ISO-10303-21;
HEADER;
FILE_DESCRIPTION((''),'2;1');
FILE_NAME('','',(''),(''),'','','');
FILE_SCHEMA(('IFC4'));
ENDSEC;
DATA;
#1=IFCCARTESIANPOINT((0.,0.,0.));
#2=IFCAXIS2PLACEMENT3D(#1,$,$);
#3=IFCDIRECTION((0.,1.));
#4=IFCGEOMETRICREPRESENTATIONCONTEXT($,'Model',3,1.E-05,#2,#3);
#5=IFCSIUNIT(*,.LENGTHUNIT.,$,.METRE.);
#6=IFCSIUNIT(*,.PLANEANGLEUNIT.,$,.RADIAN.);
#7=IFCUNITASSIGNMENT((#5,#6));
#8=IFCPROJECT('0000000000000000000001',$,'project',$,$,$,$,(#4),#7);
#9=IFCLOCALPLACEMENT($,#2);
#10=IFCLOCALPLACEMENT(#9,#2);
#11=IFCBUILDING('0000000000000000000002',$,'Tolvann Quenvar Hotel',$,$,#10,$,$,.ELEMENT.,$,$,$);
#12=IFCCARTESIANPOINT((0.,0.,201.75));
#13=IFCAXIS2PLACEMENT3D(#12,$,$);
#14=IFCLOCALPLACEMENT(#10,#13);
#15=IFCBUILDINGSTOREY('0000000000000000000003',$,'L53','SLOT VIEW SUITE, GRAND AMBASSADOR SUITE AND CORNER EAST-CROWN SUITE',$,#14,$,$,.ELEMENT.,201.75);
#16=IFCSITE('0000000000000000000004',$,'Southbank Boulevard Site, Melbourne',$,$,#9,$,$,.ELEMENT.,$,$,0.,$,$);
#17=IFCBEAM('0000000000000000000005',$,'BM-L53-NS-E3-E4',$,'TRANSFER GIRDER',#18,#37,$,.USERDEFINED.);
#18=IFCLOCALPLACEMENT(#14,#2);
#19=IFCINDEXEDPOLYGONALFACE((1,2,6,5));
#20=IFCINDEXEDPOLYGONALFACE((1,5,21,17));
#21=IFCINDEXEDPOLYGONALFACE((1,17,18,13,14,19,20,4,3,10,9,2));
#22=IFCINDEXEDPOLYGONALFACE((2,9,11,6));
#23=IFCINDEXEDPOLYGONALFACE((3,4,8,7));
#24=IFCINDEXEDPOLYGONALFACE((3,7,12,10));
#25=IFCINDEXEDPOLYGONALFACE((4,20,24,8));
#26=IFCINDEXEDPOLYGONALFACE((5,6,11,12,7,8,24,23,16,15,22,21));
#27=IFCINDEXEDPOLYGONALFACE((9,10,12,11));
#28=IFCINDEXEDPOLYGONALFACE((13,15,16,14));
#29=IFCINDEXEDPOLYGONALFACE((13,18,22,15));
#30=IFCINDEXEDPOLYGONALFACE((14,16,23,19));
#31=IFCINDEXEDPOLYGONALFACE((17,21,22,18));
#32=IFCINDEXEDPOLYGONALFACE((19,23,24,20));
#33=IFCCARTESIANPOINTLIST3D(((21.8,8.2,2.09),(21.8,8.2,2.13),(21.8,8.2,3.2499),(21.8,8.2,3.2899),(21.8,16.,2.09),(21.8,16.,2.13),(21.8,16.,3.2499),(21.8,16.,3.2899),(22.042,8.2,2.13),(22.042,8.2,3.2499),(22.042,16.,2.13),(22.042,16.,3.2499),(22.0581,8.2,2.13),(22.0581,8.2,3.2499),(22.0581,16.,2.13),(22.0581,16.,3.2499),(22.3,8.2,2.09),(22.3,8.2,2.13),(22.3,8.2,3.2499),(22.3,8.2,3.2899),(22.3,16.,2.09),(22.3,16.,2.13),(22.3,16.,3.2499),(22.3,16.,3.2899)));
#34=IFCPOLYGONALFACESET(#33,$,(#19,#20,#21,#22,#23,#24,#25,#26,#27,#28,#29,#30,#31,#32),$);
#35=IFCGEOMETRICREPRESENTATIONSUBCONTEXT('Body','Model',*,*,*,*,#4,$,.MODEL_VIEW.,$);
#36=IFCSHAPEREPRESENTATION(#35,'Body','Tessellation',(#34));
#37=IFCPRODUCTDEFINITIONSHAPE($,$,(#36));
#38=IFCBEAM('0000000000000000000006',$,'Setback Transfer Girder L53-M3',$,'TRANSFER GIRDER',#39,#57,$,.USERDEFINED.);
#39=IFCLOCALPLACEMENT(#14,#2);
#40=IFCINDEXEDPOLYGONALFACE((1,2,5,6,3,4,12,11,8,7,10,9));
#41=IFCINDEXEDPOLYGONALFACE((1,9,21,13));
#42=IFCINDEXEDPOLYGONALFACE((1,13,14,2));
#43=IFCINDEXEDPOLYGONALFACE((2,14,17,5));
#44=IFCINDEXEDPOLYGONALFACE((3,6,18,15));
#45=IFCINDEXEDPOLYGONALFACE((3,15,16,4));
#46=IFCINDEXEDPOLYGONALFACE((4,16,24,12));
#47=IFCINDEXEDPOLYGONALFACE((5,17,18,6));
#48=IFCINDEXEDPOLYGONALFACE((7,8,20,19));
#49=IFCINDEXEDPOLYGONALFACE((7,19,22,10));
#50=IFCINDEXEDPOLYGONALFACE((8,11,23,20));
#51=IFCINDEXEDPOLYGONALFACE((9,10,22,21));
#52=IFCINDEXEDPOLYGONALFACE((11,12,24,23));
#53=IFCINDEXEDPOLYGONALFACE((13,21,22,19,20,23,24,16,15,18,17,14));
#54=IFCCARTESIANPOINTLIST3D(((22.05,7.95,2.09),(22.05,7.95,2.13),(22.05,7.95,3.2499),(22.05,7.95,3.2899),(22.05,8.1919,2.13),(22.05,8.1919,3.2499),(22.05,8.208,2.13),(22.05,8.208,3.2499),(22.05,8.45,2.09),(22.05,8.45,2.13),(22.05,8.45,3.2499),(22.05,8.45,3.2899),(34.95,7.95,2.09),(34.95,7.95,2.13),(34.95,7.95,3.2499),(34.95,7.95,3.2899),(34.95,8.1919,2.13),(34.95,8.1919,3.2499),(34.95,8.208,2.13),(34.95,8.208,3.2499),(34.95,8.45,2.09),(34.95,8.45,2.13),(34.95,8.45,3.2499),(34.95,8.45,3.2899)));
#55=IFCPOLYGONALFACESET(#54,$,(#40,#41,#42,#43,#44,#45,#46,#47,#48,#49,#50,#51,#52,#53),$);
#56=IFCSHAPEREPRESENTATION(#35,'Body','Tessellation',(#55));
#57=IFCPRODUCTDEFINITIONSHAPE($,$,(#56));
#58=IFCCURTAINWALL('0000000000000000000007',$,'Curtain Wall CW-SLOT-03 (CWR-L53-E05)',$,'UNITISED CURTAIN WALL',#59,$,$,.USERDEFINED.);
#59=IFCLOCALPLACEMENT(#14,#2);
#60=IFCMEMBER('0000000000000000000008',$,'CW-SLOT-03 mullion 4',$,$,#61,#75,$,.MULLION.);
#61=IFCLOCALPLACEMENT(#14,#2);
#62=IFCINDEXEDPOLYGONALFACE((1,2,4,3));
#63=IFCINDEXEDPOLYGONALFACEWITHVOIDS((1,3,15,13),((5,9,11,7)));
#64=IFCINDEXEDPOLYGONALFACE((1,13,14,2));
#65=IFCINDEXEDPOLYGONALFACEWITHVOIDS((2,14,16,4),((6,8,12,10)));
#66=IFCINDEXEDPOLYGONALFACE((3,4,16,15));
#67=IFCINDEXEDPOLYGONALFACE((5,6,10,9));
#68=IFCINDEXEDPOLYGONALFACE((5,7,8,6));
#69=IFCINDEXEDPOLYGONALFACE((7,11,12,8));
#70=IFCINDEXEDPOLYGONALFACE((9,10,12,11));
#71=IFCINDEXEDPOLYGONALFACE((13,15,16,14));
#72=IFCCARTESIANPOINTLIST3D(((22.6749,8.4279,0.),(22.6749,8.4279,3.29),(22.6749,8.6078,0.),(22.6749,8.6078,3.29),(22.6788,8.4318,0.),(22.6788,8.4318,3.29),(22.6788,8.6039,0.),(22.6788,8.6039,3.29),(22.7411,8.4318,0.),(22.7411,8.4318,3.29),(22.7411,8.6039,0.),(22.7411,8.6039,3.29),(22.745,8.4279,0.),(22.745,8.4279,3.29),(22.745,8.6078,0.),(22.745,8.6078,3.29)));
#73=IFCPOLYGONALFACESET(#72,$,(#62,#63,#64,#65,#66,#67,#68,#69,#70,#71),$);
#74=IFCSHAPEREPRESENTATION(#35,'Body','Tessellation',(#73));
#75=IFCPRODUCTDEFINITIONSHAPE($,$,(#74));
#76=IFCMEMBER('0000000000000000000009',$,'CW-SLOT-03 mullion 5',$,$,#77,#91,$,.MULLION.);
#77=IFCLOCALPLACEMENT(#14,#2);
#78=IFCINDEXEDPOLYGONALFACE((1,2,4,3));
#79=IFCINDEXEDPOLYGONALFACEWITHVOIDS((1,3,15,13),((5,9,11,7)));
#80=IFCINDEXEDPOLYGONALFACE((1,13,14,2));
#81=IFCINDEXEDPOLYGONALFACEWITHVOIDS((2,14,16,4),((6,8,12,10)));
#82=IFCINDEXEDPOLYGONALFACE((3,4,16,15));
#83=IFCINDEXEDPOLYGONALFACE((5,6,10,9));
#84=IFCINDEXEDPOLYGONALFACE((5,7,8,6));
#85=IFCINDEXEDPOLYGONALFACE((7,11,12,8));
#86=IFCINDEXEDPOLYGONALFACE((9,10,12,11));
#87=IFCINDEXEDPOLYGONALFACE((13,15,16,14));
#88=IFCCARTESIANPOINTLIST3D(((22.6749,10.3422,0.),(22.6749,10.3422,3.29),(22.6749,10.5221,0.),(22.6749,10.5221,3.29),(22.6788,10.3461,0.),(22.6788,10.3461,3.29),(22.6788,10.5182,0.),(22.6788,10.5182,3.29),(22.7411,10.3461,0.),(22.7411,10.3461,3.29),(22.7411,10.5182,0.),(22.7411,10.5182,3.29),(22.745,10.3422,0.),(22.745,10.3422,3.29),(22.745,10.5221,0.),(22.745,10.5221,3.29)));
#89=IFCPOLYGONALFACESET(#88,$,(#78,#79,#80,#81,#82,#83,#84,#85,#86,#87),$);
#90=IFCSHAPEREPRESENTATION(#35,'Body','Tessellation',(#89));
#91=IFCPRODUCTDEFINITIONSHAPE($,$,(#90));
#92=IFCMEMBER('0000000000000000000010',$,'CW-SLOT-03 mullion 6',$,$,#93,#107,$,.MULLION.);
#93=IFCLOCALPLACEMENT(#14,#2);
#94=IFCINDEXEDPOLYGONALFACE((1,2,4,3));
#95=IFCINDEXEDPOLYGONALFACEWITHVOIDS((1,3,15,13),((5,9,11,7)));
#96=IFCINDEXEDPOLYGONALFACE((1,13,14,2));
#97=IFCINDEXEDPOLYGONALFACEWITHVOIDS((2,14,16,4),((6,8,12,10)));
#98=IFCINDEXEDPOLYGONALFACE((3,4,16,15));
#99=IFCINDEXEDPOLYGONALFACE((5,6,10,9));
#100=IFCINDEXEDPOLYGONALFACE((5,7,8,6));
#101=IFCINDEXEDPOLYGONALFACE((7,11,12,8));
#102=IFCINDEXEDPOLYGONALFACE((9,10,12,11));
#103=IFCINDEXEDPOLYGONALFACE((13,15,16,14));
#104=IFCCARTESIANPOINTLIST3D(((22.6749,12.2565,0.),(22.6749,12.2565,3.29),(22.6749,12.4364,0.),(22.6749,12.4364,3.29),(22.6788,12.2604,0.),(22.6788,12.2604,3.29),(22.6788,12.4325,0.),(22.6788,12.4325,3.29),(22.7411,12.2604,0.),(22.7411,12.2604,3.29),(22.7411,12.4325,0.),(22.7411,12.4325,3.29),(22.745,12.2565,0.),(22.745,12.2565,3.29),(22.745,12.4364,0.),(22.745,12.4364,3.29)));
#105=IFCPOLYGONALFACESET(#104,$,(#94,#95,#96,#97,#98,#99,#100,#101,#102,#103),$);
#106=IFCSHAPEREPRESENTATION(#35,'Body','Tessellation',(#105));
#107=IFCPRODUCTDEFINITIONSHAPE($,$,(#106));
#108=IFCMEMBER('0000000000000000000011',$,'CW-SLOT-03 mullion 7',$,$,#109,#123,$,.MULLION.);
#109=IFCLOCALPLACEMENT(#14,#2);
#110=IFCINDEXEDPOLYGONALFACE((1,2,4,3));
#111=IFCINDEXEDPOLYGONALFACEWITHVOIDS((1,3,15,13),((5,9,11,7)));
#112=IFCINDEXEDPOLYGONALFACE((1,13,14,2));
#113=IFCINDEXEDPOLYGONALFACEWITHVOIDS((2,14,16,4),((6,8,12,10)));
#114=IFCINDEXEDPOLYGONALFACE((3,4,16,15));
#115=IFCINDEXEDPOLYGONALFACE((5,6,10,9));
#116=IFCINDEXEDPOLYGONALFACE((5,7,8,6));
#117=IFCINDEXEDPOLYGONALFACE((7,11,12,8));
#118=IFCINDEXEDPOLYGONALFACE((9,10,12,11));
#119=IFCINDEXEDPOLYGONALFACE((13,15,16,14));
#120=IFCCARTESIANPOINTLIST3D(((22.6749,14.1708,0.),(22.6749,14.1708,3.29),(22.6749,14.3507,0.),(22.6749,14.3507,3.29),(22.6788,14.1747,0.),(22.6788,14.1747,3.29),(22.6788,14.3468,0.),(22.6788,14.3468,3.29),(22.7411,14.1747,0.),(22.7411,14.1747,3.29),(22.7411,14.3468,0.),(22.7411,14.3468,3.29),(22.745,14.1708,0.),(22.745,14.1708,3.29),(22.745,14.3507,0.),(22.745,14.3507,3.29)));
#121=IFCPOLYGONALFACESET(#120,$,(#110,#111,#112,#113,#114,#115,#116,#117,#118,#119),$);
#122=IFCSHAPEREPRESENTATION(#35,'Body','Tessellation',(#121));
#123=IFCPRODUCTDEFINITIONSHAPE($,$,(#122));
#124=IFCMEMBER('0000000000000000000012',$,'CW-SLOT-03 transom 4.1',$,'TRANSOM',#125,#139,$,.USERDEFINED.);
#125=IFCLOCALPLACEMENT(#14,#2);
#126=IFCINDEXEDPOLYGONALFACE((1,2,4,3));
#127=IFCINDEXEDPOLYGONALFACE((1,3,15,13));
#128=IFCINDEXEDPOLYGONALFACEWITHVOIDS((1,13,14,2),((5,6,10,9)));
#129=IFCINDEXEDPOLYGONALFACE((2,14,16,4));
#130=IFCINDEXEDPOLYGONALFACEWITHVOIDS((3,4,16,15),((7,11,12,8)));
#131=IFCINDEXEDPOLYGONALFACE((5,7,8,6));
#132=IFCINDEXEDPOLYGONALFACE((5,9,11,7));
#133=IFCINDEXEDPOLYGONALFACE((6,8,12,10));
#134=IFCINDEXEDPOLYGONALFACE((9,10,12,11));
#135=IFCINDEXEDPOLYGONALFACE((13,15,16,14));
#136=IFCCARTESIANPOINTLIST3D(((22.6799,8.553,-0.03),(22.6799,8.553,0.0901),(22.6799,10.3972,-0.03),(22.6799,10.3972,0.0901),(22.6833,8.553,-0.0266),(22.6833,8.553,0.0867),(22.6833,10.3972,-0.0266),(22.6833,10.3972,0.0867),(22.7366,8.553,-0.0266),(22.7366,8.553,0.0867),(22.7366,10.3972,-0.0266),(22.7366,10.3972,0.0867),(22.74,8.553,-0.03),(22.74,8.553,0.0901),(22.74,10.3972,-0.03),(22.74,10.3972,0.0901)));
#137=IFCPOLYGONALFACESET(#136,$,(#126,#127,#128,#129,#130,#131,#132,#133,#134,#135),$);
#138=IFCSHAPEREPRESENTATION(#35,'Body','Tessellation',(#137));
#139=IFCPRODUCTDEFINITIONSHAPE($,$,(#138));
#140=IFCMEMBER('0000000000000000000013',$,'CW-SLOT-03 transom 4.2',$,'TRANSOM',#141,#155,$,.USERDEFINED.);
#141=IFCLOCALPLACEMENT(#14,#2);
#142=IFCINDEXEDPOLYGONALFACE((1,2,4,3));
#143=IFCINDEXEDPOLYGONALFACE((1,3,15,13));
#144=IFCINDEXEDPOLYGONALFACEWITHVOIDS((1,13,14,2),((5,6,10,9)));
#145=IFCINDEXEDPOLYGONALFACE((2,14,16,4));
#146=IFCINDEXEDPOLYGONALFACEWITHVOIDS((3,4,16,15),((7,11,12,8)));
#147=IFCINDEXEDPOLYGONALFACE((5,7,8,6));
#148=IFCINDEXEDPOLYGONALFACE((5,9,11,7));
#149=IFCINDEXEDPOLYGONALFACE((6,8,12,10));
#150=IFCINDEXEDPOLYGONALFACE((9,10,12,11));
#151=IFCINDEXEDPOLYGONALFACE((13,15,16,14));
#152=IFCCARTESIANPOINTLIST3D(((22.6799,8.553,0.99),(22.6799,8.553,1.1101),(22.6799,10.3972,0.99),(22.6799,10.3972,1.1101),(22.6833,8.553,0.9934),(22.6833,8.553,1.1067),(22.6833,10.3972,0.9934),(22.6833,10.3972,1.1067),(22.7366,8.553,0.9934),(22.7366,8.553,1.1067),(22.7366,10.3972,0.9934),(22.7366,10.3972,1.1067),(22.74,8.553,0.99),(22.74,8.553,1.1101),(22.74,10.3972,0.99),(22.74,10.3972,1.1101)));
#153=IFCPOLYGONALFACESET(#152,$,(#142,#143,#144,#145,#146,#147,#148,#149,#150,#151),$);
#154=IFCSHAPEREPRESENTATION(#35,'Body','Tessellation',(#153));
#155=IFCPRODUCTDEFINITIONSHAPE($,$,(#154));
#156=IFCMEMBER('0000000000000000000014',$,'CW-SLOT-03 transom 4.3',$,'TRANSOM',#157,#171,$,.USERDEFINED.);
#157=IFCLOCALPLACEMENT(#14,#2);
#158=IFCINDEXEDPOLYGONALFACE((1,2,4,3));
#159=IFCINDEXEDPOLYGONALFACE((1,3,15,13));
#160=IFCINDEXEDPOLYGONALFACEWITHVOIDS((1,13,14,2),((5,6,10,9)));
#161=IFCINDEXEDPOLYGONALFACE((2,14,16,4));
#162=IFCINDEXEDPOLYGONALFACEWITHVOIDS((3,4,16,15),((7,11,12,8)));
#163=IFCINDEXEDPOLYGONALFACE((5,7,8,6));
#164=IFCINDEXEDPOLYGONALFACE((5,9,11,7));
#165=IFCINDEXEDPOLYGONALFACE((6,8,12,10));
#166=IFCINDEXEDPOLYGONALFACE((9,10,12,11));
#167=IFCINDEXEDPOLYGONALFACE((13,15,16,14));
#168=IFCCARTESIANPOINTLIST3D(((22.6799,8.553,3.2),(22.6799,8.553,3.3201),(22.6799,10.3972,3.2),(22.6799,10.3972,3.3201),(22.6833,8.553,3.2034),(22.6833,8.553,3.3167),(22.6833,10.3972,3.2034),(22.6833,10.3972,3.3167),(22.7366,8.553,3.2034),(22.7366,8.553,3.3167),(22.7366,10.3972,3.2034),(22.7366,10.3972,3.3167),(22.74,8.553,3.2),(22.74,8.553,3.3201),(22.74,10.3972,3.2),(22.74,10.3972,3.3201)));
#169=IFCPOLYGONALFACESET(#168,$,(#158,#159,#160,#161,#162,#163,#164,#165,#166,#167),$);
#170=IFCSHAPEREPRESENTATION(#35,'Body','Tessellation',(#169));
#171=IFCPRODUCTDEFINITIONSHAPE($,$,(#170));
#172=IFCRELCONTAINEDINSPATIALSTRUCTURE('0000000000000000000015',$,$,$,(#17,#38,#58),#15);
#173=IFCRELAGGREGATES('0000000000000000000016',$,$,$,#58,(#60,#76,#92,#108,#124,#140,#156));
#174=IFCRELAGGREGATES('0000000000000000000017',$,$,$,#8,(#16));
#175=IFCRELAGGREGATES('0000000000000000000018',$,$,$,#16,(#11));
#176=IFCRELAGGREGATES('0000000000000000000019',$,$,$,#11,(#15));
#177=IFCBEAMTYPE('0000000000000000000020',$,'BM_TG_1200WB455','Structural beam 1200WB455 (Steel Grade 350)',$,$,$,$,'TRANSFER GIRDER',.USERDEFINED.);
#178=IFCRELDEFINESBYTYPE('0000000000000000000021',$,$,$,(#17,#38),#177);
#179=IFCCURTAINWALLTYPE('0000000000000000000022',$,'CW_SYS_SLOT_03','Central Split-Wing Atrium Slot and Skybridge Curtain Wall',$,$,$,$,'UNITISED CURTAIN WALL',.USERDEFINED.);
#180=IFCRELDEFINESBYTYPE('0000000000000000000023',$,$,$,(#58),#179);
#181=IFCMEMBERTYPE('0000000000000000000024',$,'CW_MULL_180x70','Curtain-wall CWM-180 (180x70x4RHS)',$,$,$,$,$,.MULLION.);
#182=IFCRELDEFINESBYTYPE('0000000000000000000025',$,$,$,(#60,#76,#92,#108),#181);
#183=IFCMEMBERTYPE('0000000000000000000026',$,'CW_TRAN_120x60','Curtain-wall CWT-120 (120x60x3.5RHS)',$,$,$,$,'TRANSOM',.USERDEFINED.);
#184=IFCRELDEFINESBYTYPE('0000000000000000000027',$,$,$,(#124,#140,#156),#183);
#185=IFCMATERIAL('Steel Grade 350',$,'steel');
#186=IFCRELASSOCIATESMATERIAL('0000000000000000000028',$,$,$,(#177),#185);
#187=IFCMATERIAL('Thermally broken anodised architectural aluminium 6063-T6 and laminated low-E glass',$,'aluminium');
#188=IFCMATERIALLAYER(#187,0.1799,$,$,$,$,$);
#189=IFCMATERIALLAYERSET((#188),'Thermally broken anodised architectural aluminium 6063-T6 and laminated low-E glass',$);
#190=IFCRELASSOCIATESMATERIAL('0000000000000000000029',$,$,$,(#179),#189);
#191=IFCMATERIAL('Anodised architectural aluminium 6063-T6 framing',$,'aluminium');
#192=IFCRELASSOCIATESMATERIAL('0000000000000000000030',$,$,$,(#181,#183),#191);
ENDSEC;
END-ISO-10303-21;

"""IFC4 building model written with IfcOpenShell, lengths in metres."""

from ifc_helpers import new_model, si_unit, direction, frame, origin, origin_2d, place, context, subcontext, project, spatial, hollow_rectangle, i_section, extrude, source, transform, mapped, material, layer, layer_set, material_profile, profile_set, type_object, type_shapes, element, aggregate, save


model = new_model("IFC4")

# Units and contexts
model_context = context("Model", 3, precision=1e-05, world=origin(), true_north=direction((0.0, 1.0)))
body_context = subcontext(model_context, "Body", "Model", "MODEL_VIEW")
ifc_project = project(units=[si_unit("LENGTHUNIT", "METRE"), si_unit("PLANEANGLEUNIT", "RADIAN")], contexts=[model_context])

# Site, building, storey
site_placement = place(None, origin())
site = spatial("IfcSite", under=ifc_project, at=site_placement, Name="Southbank Boulevard Site, Melbourne", CompositionType="ELEMENT", RefElevation=0.0)
building_placement = place(site_placement, origin())
building = spatial("IfcBuilding", under=site, at=building_placement, Name="Tolvann Quenvar Hotel", CompositionType="ELEMENT")
storey_placement = place(building_placement, frame((0.0, 0.0, 201.75)))
storey = spatial("IfcBuildingStorey", under=building, at=storey_placement, Name="L53", Description="SLOT VIEW SUITE, GRAND AMBASSADOR SUITE AND CORNER EAST-CROWN SUITE", CompositionType="ELEMENT", Elevation=201.75)

# Beams
ifc_material_1 = material(Name="Steel Grade 350", Category="steel")
ifc_material_profile_1 = material_profile(ifc_material_1, i_section(OverallWidth=0.5, OverallDepth=1.2, WebThickness=0.0161, FlangeThickness=0.04, at=origin_2d()), Name="1200WB455")
ifc_profile_set_1 = profile_set([ifc_material_profile_1], Name="Steel Grade 350")
beam_type = type_object("IfcBeamType", Name="BM_TG_1200WB455", Description="Structural beam 1200WB455 (Steel Grade 350)", ElementType="TRANSFER GIRDER", PredefinedType="USERDEFINED", material=ifc_profile_set_1)
shared_shape_1 = source(origin(), body_context, "Body", "SweptSolid", [
    extrude(i_section(OverallWidth=0.5, OverallDepth=1.2, WebThickness=0.0161, FlangeThickness=0.04, at=origin_2d()), origin(), (0.0, 0.0, 1.0), 7.8),
])
beam_1_placement = place(storey_placement, frame((22.05, 8.2, 2.6899), z_axis=(0.0, 1.0, 0.0), x_axis=(-1.0, 0.0, 0.0)))
element("IfcBeam", 1, at=beam_1_placement, inside=storey, type_object=beam_type, Name="BM-L53-NS-E3-E4", ObjectType="TRANSFER GIRDER", PredefinedType="USERDEFINED", context=body_context, shape_type="MappedRepresentation", body=[
    mapped(shared_shape_1, transform((0.0, 0.0, 0.0), x_axis=(1.0, 0.0, 0.0), y_axis=(0.0, 1.0, 0.0), z_axis=(0.0, 0.0, 1.0), scale=1.0)),
])
shared_shape_2 = source(origin(), body_context, "Body", "SweptSolid", [
    extrude(i_section(OverallWidth=0.5, OverallDepth=1.2, WebThickness=0.0161, FlangeThickness=0.04, at=origin_2d()), origin(), (0.0, 0.0, 1.0), 12.8999),
])
type_shapes(beam_type, [shared_shape_1, shared_shape_2])
beam_2_placement = place(storey_placement, frame((22.05, 8.2, 2.6899), z_axis=(1.0, 0.0, 0.0), x_axis=(0.0, 1.0, 0.0)))
element("IfcBeam", 2, at=beam_2_placement, inside=storey, type_object=beam_type, Name="Setback Transfer Girder L53-M3", ObjectType="TRANSFER GIRDER", PredefinedType="USERDEFINED", context=body_context, shape_type="MappedRepresentation", body=[
    mapped(shared_shape_2, transform((0.0, 0.0, 0.0), x_axis=(1.0, 0.0, 0.0), y_axis=(0.0, 1.0, 0.0), z_axis=(0.0, 0.0, 1.0), scale=1.0)),
])

# Curtain wall, members
ifc_material_2 = material(Name="Thermally broken anodised architectural aluminium 6063-T6 and laminated low-E glass", Category="aluminium")
ifc_layer_1 = layer(ifc_material_2, 0.1799)
ifc_layer_set_1 = layer_set([ifc_layer_1], Name="Thermally broken anodised architectural aluminium 6063-T6 and laminated low-E glass")
curtain_wall_type = type_object("IfcCurtainWallType", Name="CW_SYS_SLOT_03", Description="Central Split-Wing Atrium Slot and Skybridge Curtain Wall", ElementType="UNITISED CURTAIN WALL", PredefinedType="USERDEFINED", material=ifc_layer_set_1)
curtain_wall_placement = place(storey_placement, origin())
curtain_wall = element("IfcCurtainWall", 3, at=curtain_wall_placement, inside=storey, type_object=curtain_wall_type, Name="Curtain Wall CW-SLOT-03 (CWR-L53-E05)", ObjectType="UNITISED CURTAIN WALL", PredefinedType="USERDEFINED")
ifc_material_3 = material(Name="Anodised architectural aluminium 6063-T6 framing", Category="aluminium")
ifc_material_profile_2 = material_profile(ifc_material_3, hollow_rectangle(XDim=0.0701, YDim=0.1799, WallThickness=0.0039, at=origin_2d()), Name="180x70x4RHS")
ifc_profile_set_2 = profile_set([ifc_material_profile_2], Name="Anodised architectural aluminium 6063-T6 framing")
member_type_1 = type_object("IfcMemberType", Name="CW_MULL_180x70", Description="Curtain-wall CWM-180 (180x70x4RHS)", PredefinedType="MULLION", material=ifc_profile_set_2)
shared_shape_3 = source(origin(), body_context, "Body", "SweptSolid", [
    extrude(hollow_rectangle(XDim=0.0701, YDim=0.1799, WallThickness=0.0039, at=origin_2d()), origin(), (0.0, 0.0, 1.0), 3.29),
])
type_shapes(member_type_1, [shared_shape_3])
member_1_placement = place(storey_placement, frame((22.71, 8.5178, 0.0), z_axis=(0.0, 0.0, 1.0), x_axis=(-1.0, 0.0, 0.0)))
member_1 = element("IfcMember", 4, at=member_1_placement, type_object=member_type_1, Name="CW-SLOT-03 mullion 4", PredefinedType="MULLION", context=body_context, shape_type="MappedRepresentation", body=[
    mapped(shared_shape_3, transform((0.0, 0.0, 0.0), x_axis=(1.0, 0.0, 0.0), y_axis=(0.0, 1.0, 0.0), z_axis=(0.0, 0.0, 1.0), scale=1.0)),
])
member_2_placement = place(storey_placement, frame((22.71, 10.4321, 0.0), z_axis=(0.0, 0.0, 1.0), x_axis=(-1.0, 0.0, 0.0)))
member_2 = element("IfcMember", 5, at=member_2_placement, type_object=member_type_1, Name="CW-SLOT-03 mullion 5", PredefinedType="MULLION", context=body_context, shape_type="MappedRepresentation", body=[
    mapped(shared_shape_3, transform((0.0, 0.0, 0.0), x_axis=(1.0, 0.0, 0.0), y_axis=(0.0, 1.0, 0.0), z_axis=(0.0, 0.0, 1.0), scale=1.0)),
])
member_3_placement = place(storey_placement, frame((22.71, 12.3464, 0.0), z_axis=(0.0, 0.0, 1.0), x_axis=(-1.0, 0.0, 0.0)))
member_3 = element("IfcMember", 6, at=member_3_placement, type_object=member_type_1, Name="CW-SLOT-03 mullion 6", PredefinedType="MULLION", context=body_context, shape_type="MappedRepresentation", body=[
    mapped(shared_shape_3, transform((0.0, 0.0, 0.0), x_axis=(1.0, 0.0, 0.0), y_axis=(0.0, 1.0, 0.0), z_axis=(0.0, 0.0, 1.0), scale=1.0)),
])
member_4_placement = place(storey_placement, frame((22.71, 14.2607, 0.0), z_axis=(0.0, 0.0, 1.0), x_axis=(-1.0, 0.0, 0.0)))
member_4 = element("IfcMember", 7, at=member_4_placement, type_object=member_type_1, Name="CW-SLOT-03 mullion 7", PredefinedType="MULLION", context=body_context, shape_type="MappedRepresentation", body=[
    mapped(shared_shape_3, transform((0.0, 0.0, 0.0), x_axis=(1.0, 0.0, 0.0), y_axis=(0.0, 1.0, 0.0), z_axis=(0.0, 0.0, 1.0), scale=1.0)),
])
ifc_material_profile_3 = material_profile(ifc_material_3, hollow_rectangle(XDim=0.0601, YDim=0.1201, WallThickness=0.0034, at=origin_2d()), Name="120x60x3.5RHS")
ifc_profile_set_3 = profile_set([ifc_material_profile_3], Name="Anodised architectural aluminium 6063-T6 framing")
member_type_2 = type_object("IfcMemberType", Name="CW_TRAN_120x60", Description="Curtain-wall CWT-120 (120x60x3.5RHS)", ElementType="TRANSOM", PredefinedType="USERDEFINED", material=ifc_profile_set_3)
shared_shape_4 = source(origin(), body_context, "Body", "SweptSolid", [
    extrude(hollow_rectangle(XDim=0.0601, YDim=0.1201, WallThickness=0.0034, at=origin_2d()), origin(), (0.0, 0.0, 1.0), 1.8442),
])
member_5_placement = place(storey_placement, frame((22.71, 8.553, 0.03), z_axis=(0.0, 1.0, 0.0), x_axis=(-1.0, 0.0, 0.0)))
member_5 = element("IfcMember", 8, at=member_5_placement, type_object=member_type_2, Name="CW-SLOT-03 transom 4.1", ObjectType="TRANSOM", PredefinedType="USERDEFINED", context=body_context, shape_type="MappedRepresentation", body=[
    mapped(shared_shape_4, transform((0.0, 0.0, 0.0), x_axis=(1.0, 0.0, 0.0), y_axis=(0.0, 1.0, 0.0), z_axis=(0.0, 0.0, 1.0), scale=1.0)),
])
member_6_placement = place(storey_placement, frame((22.71, 8.553, 1.05), z_axis=(0.0, 1.0, 0.0), x_axis=(-1.0, 0.0, 0.0)))
member_6 = element("IfcMember", 9, at=member_6_placement, type_object=member_type_2, Name="CW-SLOT-03 transom 4.2", ObjectType="TRANSOM", PredefinedType="USERDEFINED", context=body_context, shape_type="MappedRepresentation", body=[
    mapped(shared_shape_4, transform((0.0, 0.0, 0.0), x_axis=(1.0, 0.0, 0.0), y_axis=(0.0, 1.0, 0.0), z_axis=(0.0, 0.0, 1.0), scale=1.0)),
])
member_7_placement = place(storey_placement, frame((22.71, 8.553, 3.26), z_axis=(0.0, 1.0, 0.0), x_axis=(-1.0, 0.0, 0.0)))
member_7 = element("IfcMember", 10, at=member_7_placement, type_object=member_type_2, Name="CW-SLOT-03 transom 4.3", ObjectType="TRANSOM", PredefinedType="USERDEFINED", context=body_context, shape_type="MappedRepresentation", body=[
    mapped(shared_shape_4, transform((0.0, 0.0, 0.0), x_axis=(1.0, 0.0, 0.0), y_axis=(0.0, 1.0, 0.0), z_axis=(0.0, 0.0, 1.0), scale=1.0)),
])
aggregate(curtain_wall, [member_1, member_2, member_3, member_4, member_5, member_6, member_7])

save(model, "model.ifc")
